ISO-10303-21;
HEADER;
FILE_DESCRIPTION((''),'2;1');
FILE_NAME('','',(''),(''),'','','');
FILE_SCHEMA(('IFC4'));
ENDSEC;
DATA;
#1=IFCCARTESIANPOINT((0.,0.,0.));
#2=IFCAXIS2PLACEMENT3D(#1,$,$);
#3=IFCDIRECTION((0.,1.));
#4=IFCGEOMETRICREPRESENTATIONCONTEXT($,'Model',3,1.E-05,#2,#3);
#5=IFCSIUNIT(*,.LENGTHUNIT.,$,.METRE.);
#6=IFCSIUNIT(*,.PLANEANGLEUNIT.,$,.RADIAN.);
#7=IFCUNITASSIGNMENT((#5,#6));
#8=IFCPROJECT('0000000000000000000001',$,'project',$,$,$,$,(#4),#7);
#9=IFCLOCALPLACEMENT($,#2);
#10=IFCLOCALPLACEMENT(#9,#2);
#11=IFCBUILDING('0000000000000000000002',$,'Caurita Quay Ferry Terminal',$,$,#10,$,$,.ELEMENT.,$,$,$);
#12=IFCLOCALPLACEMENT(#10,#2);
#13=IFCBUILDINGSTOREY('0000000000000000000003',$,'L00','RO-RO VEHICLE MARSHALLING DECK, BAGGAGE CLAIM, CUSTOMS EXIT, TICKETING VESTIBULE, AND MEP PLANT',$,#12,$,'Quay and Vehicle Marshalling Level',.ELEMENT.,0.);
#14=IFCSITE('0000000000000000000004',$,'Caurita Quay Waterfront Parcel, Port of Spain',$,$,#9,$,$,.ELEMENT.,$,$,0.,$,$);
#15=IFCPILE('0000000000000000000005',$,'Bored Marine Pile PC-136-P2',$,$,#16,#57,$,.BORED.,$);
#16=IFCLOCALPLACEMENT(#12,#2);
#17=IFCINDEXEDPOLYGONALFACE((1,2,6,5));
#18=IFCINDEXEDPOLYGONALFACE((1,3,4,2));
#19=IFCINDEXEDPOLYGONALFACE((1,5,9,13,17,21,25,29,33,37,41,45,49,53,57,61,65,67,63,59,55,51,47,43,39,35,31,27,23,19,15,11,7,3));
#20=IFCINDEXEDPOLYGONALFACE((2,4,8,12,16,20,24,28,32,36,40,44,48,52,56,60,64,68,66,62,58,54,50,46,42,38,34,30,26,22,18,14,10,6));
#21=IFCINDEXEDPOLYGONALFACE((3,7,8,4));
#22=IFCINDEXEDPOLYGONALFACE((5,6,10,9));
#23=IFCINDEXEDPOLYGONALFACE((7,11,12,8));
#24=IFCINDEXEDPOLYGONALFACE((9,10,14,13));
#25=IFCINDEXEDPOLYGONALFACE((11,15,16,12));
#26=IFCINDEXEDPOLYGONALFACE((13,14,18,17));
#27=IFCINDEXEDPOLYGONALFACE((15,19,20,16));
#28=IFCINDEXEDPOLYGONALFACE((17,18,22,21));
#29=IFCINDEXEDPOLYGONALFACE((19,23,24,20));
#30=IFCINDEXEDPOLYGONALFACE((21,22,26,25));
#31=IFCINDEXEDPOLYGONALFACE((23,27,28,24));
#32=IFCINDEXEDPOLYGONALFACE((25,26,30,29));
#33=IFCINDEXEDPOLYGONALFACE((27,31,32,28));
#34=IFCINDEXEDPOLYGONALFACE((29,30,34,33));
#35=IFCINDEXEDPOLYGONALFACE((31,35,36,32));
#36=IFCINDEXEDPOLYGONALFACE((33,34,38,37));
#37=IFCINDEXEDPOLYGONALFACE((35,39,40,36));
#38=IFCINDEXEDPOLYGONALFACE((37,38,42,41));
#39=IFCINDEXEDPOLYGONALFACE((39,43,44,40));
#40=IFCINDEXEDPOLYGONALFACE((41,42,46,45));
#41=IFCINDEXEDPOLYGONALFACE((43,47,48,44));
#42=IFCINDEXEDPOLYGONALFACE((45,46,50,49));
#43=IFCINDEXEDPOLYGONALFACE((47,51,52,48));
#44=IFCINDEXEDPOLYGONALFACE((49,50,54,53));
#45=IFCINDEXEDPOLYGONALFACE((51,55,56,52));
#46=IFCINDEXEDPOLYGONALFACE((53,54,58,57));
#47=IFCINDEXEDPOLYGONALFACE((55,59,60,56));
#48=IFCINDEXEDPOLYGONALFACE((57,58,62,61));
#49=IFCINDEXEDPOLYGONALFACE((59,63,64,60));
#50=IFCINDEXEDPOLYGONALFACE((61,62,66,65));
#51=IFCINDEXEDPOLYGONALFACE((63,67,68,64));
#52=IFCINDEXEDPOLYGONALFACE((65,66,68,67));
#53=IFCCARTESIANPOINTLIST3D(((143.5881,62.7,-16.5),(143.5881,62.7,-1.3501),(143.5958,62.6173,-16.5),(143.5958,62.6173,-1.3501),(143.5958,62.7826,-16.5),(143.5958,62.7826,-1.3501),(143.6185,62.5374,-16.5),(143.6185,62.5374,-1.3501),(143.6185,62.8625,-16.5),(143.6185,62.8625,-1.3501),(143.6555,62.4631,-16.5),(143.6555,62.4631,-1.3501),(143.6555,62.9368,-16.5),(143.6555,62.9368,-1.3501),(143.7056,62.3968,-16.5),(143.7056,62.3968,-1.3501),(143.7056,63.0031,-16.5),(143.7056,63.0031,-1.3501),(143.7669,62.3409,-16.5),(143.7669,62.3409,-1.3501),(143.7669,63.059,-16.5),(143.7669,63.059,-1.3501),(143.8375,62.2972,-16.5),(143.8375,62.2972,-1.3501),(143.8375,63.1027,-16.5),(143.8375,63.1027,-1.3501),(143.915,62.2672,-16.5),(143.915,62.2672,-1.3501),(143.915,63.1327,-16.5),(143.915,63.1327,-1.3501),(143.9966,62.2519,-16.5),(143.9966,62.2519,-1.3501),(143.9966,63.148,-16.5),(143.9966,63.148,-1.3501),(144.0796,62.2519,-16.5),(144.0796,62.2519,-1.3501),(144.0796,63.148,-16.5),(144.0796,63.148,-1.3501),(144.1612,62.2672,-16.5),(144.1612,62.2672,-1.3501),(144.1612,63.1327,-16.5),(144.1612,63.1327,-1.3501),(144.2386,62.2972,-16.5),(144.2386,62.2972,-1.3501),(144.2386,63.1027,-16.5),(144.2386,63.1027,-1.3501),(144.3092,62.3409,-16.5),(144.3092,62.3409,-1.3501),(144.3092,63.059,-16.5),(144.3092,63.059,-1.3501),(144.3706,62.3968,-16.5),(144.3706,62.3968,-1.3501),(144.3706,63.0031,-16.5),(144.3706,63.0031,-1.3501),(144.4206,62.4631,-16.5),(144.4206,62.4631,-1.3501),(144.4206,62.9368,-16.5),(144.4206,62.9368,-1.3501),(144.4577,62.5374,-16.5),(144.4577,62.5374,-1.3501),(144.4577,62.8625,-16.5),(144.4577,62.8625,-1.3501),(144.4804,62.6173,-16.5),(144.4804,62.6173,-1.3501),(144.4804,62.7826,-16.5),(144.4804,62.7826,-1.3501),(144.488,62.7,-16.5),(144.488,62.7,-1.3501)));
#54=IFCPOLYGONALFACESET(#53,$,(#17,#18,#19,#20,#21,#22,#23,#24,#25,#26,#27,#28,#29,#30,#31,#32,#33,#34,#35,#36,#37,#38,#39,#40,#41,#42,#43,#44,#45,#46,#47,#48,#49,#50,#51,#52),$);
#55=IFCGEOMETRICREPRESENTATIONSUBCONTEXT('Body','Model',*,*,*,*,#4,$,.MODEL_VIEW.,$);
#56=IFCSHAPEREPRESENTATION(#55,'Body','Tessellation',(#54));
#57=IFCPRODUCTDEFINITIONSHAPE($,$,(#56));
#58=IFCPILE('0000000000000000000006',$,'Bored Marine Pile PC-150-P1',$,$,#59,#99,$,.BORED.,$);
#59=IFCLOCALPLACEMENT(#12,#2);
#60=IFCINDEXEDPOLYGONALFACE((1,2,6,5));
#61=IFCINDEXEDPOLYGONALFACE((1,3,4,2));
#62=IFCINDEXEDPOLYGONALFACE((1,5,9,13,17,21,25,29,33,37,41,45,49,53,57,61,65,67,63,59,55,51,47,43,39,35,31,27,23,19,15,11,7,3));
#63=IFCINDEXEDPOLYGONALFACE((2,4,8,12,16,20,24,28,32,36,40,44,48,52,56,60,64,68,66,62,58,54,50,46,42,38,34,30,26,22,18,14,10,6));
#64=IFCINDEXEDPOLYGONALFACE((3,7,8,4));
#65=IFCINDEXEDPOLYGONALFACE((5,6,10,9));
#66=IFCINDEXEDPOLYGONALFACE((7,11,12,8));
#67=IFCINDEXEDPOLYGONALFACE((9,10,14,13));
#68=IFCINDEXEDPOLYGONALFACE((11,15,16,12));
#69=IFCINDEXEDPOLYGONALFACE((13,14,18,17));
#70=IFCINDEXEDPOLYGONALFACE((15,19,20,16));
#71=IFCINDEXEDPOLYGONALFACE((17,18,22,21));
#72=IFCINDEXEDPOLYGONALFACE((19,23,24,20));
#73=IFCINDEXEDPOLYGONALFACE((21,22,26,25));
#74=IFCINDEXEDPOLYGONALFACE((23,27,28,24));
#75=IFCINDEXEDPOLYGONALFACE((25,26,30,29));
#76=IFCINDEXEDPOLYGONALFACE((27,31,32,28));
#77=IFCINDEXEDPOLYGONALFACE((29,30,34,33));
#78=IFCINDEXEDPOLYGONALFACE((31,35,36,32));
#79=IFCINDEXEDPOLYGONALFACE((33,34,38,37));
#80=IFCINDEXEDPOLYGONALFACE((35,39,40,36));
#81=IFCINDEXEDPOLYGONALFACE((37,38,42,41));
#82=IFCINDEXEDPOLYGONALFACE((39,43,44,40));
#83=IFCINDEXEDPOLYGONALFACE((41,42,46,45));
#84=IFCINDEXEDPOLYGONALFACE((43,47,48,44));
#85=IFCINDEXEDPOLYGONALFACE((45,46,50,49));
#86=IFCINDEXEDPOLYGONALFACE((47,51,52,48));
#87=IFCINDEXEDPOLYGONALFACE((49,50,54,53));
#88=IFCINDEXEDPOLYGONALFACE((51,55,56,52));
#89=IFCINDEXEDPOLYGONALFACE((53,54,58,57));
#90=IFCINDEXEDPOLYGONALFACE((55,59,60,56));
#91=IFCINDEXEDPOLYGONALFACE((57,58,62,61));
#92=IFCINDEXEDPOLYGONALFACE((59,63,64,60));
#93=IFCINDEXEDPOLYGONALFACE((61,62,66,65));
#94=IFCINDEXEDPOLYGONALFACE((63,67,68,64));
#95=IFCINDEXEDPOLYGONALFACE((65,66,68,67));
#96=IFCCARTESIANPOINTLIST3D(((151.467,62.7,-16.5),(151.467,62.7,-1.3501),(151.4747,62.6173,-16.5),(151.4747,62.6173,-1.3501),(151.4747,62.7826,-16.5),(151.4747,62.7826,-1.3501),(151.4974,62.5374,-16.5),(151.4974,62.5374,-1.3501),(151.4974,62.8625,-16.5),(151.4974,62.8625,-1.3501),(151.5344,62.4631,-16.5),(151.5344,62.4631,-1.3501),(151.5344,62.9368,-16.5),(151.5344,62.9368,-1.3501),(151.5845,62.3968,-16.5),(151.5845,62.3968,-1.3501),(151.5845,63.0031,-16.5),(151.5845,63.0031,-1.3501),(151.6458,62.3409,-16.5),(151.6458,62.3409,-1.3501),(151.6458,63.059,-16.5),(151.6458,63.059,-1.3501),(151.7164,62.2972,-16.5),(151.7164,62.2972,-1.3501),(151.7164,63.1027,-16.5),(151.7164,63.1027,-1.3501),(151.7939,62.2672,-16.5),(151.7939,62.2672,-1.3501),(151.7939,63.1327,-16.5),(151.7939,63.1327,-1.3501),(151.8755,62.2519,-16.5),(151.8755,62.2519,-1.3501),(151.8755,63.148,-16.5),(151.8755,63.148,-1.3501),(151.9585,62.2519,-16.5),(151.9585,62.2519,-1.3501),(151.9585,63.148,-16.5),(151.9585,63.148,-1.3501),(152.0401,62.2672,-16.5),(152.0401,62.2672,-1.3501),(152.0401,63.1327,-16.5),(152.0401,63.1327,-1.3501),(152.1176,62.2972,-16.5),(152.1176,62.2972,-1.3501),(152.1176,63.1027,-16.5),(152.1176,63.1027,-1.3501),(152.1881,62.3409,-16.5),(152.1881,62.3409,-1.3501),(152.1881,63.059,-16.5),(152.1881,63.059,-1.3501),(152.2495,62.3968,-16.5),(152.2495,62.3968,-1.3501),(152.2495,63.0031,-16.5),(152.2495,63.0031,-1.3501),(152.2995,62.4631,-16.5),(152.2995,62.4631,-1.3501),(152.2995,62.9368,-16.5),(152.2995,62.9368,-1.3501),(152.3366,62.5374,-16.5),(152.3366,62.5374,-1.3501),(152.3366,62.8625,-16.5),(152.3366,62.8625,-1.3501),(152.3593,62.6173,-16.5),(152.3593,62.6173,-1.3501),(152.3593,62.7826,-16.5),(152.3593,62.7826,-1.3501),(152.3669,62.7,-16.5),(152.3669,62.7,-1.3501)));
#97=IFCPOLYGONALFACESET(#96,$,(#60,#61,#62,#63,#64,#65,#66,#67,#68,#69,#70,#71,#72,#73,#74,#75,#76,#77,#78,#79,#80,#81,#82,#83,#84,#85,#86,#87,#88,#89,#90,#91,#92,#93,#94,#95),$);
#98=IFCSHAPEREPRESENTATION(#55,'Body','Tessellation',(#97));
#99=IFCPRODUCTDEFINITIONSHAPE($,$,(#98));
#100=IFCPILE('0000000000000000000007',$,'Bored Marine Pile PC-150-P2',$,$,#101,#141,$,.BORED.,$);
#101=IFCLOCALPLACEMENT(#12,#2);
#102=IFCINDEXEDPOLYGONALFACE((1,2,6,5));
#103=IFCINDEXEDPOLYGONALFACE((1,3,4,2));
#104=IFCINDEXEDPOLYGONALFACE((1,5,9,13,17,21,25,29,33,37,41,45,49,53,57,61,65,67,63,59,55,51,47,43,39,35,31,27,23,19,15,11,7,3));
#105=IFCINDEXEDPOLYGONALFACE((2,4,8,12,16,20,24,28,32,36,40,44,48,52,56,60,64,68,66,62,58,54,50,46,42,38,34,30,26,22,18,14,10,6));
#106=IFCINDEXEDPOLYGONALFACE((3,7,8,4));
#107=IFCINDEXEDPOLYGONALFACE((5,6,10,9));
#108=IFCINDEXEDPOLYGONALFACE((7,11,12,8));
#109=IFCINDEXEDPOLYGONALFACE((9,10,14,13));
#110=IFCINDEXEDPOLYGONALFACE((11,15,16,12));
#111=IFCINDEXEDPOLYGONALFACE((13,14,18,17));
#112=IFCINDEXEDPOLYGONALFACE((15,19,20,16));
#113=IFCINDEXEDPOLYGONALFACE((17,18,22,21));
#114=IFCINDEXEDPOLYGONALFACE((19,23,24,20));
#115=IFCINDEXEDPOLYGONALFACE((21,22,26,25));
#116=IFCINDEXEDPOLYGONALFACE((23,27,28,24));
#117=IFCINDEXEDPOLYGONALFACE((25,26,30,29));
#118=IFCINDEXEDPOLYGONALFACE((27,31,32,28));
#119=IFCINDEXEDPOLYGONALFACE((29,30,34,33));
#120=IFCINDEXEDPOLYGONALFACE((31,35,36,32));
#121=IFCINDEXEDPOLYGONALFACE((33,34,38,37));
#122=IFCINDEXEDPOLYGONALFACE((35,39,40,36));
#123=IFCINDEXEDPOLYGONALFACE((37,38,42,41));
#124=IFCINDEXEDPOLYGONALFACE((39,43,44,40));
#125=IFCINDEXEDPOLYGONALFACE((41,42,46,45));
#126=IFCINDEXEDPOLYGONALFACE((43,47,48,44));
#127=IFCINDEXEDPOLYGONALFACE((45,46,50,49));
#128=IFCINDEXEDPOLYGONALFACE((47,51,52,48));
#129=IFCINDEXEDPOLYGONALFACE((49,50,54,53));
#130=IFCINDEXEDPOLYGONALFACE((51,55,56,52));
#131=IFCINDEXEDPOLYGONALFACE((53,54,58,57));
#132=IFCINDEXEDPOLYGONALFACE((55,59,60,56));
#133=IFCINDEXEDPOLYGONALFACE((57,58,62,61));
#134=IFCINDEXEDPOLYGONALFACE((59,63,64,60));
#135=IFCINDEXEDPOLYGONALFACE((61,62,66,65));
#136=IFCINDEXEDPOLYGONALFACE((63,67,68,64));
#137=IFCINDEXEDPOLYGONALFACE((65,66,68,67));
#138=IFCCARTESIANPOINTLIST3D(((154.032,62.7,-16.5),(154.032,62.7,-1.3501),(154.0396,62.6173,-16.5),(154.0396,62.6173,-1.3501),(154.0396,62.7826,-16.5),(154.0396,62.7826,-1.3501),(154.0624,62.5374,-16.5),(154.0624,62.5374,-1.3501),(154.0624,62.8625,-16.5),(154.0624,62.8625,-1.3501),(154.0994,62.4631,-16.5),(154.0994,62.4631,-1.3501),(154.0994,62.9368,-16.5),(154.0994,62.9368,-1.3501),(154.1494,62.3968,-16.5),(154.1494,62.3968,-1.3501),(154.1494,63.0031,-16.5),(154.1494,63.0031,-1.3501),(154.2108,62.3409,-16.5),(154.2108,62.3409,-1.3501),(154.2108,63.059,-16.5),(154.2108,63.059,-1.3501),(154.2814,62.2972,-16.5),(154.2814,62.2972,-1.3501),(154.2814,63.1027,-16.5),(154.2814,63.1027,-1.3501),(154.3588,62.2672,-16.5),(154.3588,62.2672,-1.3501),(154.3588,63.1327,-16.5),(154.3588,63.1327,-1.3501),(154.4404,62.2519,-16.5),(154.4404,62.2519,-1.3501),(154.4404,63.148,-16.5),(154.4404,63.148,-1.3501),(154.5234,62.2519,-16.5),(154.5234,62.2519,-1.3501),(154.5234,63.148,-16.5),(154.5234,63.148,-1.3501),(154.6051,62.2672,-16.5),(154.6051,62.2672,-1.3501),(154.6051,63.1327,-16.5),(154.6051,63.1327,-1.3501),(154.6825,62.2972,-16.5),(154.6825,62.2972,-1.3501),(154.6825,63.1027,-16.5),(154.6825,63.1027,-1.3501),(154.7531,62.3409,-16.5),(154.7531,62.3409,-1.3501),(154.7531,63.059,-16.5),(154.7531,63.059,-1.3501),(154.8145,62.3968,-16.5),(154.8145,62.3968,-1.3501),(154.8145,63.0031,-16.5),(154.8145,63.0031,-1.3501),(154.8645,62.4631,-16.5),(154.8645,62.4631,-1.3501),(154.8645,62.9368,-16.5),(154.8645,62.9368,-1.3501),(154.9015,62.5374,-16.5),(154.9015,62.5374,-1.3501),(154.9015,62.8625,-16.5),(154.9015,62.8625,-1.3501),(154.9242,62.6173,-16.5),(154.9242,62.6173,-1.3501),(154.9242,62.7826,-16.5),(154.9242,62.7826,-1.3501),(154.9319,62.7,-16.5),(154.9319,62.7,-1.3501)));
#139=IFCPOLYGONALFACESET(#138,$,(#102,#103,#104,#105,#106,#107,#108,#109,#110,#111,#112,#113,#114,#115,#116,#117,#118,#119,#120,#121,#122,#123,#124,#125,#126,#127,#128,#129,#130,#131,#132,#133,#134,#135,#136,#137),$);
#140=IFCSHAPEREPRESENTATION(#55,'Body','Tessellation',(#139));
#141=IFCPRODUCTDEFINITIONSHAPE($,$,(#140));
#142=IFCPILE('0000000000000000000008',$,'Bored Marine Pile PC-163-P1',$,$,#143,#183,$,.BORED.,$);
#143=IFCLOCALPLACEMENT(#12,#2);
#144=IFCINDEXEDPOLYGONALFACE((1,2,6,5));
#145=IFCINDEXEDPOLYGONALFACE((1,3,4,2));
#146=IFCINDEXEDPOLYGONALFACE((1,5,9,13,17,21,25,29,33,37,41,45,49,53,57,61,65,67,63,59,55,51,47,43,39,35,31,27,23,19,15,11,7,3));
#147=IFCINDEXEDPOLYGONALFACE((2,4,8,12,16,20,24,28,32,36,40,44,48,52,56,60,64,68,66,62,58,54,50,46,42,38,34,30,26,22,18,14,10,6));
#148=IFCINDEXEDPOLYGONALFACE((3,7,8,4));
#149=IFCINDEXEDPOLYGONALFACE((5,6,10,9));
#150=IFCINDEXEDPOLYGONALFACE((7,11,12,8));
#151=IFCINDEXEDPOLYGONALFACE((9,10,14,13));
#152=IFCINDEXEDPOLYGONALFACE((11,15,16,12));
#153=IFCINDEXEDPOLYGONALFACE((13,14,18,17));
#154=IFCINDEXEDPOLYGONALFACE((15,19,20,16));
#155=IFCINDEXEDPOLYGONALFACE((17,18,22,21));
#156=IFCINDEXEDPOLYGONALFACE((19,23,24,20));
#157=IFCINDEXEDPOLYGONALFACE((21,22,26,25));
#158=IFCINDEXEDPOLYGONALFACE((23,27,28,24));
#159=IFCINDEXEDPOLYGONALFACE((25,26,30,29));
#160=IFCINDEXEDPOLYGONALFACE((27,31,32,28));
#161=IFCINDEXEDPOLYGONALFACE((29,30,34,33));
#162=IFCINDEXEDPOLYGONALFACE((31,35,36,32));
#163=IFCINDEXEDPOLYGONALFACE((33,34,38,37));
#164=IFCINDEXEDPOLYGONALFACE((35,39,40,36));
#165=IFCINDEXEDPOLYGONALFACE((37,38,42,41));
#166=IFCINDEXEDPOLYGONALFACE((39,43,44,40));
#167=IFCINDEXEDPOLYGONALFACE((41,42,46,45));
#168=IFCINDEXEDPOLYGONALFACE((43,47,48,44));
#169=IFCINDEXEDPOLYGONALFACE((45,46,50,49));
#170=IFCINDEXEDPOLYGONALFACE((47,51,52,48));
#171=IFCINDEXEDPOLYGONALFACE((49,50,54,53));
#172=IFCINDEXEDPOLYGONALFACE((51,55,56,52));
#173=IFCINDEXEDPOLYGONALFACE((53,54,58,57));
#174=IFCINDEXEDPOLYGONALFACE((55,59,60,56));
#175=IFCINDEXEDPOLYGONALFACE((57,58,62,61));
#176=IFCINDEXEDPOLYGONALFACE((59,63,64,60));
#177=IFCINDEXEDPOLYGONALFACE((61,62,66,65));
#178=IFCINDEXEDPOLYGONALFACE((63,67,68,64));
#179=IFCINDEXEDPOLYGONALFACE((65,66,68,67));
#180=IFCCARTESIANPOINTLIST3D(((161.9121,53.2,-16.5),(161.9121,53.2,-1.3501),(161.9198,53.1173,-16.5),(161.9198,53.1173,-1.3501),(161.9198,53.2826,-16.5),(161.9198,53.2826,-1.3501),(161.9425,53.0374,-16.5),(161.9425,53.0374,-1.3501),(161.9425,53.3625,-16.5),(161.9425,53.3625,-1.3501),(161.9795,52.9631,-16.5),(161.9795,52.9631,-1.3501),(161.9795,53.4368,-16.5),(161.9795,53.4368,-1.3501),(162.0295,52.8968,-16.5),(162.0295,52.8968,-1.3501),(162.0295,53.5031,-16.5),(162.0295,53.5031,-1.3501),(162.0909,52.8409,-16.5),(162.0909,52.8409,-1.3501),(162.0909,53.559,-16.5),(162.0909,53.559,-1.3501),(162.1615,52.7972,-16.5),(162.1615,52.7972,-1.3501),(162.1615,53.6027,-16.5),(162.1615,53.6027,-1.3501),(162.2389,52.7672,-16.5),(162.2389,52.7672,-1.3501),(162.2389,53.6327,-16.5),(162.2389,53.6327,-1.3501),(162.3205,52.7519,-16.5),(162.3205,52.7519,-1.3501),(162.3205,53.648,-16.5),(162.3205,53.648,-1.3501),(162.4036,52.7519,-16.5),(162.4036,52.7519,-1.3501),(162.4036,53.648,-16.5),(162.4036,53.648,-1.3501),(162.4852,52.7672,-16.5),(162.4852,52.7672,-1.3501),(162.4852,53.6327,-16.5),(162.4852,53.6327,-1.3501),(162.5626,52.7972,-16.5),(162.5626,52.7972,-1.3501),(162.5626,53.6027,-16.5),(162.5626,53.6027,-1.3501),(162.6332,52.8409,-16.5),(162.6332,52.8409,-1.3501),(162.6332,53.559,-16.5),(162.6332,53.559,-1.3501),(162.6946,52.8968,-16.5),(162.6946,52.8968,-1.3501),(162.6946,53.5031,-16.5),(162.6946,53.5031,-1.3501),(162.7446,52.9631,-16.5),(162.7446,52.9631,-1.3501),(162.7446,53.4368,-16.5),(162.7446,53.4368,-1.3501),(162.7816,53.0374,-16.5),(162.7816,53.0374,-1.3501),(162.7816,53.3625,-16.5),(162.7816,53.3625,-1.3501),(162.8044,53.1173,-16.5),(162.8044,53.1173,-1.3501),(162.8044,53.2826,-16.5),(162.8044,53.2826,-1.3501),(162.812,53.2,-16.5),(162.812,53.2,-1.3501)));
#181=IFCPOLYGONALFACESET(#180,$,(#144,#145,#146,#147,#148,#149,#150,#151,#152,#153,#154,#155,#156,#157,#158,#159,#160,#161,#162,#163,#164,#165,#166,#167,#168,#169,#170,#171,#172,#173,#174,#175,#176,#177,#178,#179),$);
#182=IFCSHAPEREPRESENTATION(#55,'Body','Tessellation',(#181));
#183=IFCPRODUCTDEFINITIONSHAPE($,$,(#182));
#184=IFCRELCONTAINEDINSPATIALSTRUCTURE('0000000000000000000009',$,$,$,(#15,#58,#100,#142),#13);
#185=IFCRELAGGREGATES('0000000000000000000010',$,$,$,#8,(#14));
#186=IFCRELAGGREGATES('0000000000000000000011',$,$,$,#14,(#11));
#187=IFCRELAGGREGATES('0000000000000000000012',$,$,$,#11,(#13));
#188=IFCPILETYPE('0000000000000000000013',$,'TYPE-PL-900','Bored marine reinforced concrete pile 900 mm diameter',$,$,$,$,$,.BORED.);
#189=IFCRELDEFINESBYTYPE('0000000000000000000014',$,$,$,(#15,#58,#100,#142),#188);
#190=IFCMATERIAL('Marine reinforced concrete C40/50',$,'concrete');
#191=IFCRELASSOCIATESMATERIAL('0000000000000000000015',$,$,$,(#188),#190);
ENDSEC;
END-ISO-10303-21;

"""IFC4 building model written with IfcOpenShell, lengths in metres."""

from ifc_helpers import new_model, si_unit, direction, frame, origin, origin_2d, place, context, subcontext, project, spatial, circle, extrude, material, material_profile, profile_set, type_object, element, save


model = new_model("IFC4")

# Units and contexts
model_context = context("Model", 3, precision=1e-05, world=origin(), true_north=direction((0.0, 1.0)))
body_context = subcontext(model_context, "Body", "Model", "MODEL_VIEW")
ifc_project = project(units=[si_unit("LENGTHUNIT", "METRE"), si_unit("PLANEANGLEUNIT", "RADIAN")], contexts=[model_context])

# Site, building, storey
site_placement = place(None, origin())
site = spatial("IfcSite", under=ifc_project, at=site_placement, Name="Caurita Quay Waterfront Parcel, Port of Spain", CompositionType="ELEMENT", RefElevation=0.0)
building_placement = place(site_placement, origin())
building = spatial("IfcBuilding", under=site, at=building_placement, Name="Caurita Quay Ferry Terminal", CompositionType="ELEMENT")
storey_placement = place(building_placement, origin())
storey = spatial("IfcBuildingStorey", under=building, at=storey_placement, Name="L00", Description="RO-RO VEHICLE MARSHALLING DECK, BAGGAGE CLAIM, CUSTOMS EXIT, TICKETING VESTIBULE, AND MEP PLANT", LongName="Quay and Vehicle Marshalling Level", CompositionType="ELEMENT", Elevation=0.0)

# Piles
ifc_material_1 = material(Name="Marine reinforced concrete C40/50", Category="concrete")
ifc_material_profile_1 = material_profile(ifc_material_1, circle(Radius=0.45, at=origin_2d()), Name="PILE-D900")
ifc_profile_set_1 = profile_set([ifc_material_profile_1], Name="Marine reinforced concrete C40/50")
pile_type = type_object("IfcPileType", Name="TYPE-PL-900", Description="Bored marine reinforced concrete pile 900 mm diameter", PredefinedType="BORED", material=ifc_profile_set_1)
for number, where, z_axis, x_axis, name in (
    (1, (144.0381, 62.7, -1.3501), (0.0, 0.0, -1.0), (1.0, 0.0, 0.0), "Bored Marine Pile PC-136-P2"),
    (2, (151.917, 62.7, -1.3501), (0.0, 0.0, -1.0), (1.0, 0.0, 0.0), "Bored Marine Pile PC-150-P1"),
    (3, (154.4819, 62.7, -1.3501), (0.0, 0.0, -1.0), (1.0, 0.0, 0.0), "Bored Marine Pile PC-150-P2"),
    (4, (162.3621, 53.2, -1.3501), (0.0, 0.0, -1.0), (1.0, 0.0, 0.0), "Bored Marine Pile PC-163-P1"),
):
    element("IfcPile", number, at=place(storey_placement, frame(where, z_axis=z_axis, x_axis=x_axis)), inside=storey, type_object=pile_type, Name=name, PredefinedType="BORED", context=body_context, shape_type="SweptSolid", body=[
        extrude(circle(Radius=0.45, at=origin_2d()), origin(), (0.0, 0.0, 1.0), 15.1499),
    ])

save(model, "model.ifc")
